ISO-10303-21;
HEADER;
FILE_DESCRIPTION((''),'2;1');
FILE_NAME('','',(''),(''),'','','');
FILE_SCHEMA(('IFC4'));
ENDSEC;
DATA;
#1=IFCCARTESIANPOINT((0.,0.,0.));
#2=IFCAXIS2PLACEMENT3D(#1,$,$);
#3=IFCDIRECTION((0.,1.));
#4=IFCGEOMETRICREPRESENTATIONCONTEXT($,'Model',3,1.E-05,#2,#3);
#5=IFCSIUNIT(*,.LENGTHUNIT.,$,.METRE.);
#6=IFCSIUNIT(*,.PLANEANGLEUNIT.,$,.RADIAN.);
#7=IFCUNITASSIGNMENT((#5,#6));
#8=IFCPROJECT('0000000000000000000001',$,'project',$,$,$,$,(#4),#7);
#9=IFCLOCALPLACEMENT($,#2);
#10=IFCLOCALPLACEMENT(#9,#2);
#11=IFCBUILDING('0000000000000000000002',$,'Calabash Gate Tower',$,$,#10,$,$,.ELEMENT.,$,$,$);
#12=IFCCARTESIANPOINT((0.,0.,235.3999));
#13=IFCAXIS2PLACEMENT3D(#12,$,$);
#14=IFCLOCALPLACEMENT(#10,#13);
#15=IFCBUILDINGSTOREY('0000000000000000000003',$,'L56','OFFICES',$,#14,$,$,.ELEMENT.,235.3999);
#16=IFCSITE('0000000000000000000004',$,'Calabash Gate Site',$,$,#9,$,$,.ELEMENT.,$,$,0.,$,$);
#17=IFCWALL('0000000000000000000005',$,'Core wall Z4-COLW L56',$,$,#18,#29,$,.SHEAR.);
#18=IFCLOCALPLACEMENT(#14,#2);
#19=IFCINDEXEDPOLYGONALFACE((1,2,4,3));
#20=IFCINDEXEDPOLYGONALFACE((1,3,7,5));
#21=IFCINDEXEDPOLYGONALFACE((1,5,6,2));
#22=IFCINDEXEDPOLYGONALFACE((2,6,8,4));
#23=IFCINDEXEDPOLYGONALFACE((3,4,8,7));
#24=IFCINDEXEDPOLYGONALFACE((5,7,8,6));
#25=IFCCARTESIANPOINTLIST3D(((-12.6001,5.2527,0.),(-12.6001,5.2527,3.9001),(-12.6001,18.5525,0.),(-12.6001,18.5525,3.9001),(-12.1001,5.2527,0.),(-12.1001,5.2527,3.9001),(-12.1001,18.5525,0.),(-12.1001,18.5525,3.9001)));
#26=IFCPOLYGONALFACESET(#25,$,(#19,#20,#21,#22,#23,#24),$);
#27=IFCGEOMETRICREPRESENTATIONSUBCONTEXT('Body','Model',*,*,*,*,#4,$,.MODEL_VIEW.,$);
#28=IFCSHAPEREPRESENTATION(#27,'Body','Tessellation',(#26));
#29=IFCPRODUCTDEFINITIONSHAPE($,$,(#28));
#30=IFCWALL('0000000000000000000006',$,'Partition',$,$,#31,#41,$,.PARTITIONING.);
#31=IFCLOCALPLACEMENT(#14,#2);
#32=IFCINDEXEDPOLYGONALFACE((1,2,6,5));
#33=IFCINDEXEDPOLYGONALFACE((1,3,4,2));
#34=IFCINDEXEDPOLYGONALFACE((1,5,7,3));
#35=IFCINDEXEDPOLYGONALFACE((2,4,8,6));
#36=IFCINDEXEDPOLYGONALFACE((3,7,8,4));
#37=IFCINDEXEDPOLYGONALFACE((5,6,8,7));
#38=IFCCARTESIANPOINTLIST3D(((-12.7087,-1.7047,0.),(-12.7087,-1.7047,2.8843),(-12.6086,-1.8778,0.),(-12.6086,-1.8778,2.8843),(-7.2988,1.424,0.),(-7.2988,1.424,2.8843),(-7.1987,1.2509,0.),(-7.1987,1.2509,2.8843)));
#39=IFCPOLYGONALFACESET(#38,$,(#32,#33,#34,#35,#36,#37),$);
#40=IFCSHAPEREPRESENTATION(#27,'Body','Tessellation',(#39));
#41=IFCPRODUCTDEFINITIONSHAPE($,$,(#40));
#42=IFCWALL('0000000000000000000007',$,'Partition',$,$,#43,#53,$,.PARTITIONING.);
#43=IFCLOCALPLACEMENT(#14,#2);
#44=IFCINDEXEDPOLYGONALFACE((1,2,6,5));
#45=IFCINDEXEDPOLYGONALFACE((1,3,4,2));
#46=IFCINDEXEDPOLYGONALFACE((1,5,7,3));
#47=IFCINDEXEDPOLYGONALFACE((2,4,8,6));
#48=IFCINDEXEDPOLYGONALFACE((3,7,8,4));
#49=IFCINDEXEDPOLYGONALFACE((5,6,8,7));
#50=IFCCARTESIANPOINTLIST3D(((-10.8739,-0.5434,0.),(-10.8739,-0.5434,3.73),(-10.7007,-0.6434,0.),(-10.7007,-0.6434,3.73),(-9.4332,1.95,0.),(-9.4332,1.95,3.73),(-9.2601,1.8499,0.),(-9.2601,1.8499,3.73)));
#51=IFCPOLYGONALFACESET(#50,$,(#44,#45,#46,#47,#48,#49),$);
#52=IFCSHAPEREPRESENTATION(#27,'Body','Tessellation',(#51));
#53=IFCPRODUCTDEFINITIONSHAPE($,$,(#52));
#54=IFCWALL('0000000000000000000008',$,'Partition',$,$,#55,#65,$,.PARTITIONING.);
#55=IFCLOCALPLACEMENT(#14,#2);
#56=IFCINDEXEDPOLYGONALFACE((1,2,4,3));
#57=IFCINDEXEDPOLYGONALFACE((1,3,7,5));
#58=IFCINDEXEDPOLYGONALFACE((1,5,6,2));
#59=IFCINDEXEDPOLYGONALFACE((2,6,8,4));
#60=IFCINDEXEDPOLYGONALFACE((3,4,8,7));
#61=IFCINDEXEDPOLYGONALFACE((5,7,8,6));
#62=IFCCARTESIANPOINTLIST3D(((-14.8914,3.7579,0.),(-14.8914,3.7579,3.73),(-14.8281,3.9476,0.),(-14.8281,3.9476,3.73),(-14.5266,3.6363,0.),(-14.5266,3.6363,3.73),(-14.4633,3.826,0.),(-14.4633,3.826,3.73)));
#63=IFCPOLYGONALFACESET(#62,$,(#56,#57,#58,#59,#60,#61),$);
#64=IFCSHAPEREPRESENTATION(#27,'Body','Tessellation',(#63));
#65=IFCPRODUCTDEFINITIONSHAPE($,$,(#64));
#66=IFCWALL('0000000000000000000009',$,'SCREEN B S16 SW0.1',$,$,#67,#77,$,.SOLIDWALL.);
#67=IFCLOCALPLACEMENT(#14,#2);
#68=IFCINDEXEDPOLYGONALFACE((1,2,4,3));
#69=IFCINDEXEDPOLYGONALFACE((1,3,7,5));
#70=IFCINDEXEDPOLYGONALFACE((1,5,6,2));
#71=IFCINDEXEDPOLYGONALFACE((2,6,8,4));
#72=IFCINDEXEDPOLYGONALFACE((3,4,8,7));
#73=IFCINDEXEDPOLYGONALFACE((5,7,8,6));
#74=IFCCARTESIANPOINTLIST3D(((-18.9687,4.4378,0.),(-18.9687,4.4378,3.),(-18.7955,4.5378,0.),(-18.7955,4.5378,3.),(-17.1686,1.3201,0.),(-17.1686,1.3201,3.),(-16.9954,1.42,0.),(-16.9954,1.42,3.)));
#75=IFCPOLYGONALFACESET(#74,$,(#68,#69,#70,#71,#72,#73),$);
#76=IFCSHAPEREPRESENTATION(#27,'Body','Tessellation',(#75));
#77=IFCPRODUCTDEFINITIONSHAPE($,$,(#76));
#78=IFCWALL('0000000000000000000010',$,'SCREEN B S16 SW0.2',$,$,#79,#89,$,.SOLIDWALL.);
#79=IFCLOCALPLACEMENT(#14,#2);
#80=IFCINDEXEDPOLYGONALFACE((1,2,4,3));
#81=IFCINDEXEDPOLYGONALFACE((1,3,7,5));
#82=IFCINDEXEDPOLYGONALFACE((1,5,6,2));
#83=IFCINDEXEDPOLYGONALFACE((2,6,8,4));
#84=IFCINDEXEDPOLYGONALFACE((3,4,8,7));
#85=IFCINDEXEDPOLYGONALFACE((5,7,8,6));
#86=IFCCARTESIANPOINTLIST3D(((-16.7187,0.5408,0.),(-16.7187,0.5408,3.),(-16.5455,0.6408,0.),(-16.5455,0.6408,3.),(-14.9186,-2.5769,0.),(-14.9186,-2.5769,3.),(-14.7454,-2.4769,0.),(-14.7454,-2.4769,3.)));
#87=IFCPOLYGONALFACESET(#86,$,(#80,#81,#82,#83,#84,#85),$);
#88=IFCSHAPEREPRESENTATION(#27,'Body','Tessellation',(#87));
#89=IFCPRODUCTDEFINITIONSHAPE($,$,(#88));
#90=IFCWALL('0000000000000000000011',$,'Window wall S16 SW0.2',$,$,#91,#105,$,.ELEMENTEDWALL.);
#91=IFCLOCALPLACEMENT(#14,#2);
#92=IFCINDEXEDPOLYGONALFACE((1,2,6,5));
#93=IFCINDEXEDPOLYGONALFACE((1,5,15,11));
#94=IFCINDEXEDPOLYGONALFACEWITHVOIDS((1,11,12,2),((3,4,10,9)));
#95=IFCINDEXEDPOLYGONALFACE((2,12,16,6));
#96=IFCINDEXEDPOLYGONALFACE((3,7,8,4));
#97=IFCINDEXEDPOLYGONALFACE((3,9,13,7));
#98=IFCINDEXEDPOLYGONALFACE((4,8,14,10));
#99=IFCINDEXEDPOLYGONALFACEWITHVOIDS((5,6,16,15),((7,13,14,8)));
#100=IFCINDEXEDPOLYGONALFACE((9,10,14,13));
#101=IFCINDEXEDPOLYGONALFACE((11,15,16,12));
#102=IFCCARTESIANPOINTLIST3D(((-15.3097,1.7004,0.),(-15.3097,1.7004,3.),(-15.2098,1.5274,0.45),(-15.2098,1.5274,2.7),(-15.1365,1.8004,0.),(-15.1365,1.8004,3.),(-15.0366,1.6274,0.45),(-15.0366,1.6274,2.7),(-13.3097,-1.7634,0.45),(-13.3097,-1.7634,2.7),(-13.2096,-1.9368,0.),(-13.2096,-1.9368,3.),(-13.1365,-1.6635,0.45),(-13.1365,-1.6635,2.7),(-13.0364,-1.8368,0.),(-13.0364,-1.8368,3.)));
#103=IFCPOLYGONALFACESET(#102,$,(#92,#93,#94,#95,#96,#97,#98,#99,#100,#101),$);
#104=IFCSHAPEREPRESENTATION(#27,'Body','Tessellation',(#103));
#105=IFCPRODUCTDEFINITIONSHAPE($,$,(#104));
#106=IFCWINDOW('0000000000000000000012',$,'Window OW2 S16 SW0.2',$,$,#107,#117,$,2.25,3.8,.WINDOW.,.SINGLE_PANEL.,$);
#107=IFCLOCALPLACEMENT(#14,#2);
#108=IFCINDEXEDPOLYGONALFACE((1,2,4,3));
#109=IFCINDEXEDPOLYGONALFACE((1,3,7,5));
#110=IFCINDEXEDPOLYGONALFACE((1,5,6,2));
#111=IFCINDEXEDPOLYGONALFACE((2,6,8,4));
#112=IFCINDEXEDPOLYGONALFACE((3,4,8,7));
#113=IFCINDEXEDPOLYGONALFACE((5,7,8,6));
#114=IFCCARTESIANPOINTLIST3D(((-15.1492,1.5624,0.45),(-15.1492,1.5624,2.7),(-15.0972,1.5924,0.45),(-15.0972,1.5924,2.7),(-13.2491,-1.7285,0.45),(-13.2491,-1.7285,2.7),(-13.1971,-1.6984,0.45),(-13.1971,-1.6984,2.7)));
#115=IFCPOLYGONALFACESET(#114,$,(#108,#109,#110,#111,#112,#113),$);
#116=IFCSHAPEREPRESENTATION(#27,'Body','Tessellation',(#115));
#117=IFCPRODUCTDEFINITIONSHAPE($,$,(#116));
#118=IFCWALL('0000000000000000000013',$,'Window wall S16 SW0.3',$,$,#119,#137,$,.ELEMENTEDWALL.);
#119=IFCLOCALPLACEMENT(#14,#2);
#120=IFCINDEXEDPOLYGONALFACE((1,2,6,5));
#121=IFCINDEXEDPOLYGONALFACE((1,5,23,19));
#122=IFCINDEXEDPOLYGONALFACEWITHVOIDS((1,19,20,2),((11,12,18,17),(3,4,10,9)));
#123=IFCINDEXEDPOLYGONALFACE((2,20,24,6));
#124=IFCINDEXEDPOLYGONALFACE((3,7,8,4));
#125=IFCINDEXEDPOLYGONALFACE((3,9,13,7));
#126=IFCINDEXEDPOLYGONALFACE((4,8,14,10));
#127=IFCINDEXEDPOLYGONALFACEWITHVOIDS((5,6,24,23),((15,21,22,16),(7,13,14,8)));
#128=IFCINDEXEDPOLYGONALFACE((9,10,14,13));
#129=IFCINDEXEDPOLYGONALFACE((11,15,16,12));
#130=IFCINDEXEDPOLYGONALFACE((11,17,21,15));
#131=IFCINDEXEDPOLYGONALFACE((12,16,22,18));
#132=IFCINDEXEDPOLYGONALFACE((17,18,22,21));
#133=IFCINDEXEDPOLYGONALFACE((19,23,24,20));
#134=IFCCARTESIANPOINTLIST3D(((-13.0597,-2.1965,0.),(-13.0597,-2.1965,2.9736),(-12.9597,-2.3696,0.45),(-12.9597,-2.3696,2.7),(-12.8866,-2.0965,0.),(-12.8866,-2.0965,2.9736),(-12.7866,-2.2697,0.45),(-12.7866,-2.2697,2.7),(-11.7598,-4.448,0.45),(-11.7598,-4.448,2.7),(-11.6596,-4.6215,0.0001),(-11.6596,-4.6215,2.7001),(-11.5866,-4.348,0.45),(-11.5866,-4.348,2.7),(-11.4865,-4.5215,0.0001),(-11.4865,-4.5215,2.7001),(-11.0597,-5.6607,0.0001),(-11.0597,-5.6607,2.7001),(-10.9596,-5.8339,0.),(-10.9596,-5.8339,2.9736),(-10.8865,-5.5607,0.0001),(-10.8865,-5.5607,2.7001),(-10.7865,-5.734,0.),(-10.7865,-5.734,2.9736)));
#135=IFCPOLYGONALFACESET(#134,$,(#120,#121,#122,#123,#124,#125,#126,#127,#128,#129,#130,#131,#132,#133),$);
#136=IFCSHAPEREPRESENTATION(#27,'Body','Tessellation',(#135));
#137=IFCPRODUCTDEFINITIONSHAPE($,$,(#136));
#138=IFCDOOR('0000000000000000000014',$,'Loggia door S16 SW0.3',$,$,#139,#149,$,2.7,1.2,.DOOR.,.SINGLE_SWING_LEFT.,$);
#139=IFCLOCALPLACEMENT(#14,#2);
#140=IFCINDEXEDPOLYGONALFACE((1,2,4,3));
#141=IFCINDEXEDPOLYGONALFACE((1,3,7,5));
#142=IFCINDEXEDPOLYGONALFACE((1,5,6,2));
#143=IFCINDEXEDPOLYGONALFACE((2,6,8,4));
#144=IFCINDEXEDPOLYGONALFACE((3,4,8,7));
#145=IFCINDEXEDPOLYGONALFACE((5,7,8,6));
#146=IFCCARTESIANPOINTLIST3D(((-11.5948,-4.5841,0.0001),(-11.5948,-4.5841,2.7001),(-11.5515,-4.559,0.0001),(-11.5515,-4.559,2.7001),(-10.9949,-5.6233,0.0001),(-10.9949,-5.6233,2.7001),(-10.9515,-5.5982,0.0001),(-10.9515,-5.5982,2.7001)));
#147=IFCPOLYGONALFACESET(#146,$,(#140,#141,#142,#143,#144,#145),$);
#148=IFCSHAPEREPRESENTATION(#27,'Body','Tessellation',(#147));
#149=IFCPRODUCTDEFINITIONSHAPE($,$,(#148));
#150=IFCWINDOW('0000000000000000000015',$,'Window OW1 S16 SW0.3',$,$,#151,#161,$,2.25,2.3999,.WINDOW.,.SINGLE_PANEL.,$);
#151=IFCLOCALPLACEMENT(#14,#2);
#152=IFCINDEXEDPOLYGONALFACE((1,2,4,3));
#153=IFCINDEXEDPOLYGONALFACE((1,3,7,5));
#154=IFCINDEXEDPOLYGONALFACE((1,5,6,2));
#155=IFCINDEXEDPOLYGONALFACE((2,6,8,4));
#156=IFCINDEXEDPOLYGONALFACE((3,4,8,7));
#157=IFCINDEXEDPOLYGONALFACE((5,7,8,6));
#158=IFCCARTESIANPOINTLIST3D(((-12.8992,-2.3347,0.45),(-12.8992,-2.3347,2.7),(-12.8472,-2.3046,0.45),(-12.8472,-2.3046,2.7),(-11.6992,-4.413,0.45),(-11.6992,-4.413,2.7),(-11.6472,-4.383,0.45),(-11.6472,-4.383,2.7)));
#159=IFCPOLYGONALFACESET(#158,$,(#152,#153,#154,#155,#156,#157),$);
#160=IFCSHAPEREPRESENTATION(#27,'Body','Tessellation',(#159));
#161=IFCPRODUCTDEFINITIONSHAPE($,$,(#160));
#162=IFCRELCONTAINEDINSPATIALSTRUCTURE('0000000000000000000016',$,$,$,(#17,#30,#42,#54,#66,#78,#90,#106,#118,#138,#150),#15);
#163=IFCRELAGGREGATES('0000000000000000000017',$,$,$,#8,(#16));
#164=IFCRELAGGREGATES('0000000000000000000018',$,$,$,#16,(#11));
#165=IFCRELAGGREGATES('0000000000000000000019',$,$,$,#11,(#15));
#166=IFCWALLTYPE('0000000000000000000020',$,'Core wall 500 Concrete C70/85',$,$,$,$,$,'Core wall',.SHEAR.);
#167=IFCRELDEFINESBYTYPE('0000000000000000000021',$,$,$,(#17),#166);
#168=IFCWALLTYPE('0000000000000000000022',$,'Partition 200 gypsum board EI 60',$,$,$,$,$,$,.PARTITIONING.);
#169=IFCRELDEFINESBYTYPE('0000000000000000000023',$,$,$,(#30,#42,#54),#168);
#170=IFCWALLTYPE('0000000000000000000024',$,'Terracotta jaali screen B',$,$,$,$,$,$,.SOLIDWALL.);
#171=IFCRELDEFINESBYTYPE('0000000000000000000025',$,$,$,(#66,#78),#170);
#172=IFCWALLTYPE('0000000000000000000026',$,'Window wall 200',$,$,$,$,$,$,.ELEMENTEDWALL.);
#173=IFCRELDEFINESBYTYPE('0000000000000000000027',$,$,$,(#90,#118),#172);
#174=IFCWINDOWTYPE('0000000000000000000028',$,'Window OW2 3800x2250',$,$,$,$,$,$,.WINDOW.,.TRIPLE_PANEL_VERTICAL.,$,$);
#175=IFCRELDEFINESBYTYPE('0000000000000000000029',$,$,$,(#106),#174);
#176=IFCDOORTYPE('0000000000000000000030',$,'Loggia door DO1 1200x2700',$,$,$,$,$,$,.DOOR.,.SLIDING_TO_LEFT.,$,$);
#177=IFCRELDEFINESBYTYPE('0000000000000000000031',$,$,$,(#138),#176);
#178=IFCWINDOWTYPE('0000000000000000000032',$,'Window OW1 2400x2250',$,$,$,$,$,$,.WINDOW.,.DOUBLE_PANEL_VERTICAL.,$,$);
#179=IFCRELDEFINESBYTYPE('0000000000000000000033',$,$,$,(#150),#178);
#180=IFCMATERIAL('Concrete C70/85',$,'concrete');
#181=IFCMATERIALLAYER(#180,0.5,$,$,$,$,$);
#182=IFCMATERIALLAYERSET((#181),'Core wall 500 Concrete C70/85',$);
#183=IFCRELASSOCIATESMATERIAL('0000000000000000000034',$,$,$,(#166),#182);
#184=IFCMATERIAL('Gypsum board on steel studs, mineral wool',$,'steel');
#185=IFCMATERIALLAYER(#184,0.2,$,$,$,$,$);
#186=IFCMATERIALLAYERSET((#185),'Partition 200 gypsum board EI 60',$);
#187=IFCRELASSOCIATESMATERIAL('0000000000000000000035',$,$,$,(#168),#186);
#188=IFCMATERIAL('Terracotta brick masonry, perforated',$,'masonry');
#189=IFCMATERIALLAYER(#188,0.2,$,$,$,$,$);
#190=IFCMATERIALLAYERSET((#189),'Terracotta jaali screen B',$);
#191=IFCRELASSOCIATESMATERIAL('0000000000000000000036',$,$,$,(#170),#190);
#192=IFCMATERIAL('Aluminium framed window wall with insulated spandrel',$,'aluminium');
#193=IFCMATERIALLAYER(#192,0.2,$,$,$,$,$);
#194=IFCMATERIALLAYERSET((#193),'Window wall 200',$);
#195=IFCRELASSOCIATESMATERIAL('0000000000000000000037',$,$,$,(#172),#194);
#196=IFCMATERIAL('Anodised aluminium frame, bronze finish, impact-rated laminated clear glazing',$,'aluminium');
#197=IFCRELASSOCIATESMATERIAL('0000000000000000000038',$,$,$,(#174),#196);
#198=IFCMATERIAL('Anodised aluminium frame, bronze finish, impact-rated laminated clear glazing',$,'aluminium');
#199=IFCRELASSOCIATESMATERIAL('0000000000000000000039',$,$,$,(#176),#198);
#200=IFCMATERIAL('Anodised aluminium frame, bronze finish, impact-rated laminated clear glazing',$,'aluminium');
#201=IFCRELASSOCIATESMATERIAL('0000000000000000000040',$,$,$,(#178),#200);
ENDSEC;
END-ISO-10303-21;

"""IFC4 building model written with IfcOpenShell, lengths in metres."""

from ifc_helpers import new_model, si_unit, direction, frame, frame_2d, origin, place, context, subcontext, project, spatial, rectangle, extrude, material, layer, layer_set, type_object, element, fill, save


model = new_model("IFC4")

# Units and contexts
model_context = context("Model", 3, precision=1e-05, world=origin(), true_north=direction((0.0, 1.0)))
body_context = subcontext(model_context, "Body", "Model", "MODEL_VIEW")
ifc_project = project(units=[si_unit("LENGTHUNIT", "METRE"), si_unit("PLANEANGLEUNIT", "RADIAN")], contexts=[model_context])

# Site, building, storey
site_placement = place(None, origin())
site = spatial("IfcSite", under=ifc_project, at=site_placement, Name="Calabash Gate Site", CompositionType="ELEMENT", RefElevation=0.0)
building_placement = place(site_placement, origin())
building = spatial("IfcBuilding", under=site, at=building_placement, Name="Calabash Gate Tower", CompositionType="ELEMENT")
storey_placement = place(building_placement, frame((0.0, 0.0, 235.3999)))
storey = spatial("IfcBuildingStorey", under=building, at=storey_placement, Name="L56", Description="OFFICES", CompositionType="ELEMENT", Elevation=235.3999)

# Walls
ifc_material_1 = material(Name="Concrete C70/85", Category="concrete")
ifc_layer_1 = layer(ifc_material_1, 0.5)
ifc_layer_set_1 = layer_set([ifc_layer_1], Name="Core wall 500 Concrete C70/85")
wall_type_1 = type_object("IfcWallType", Name="Core wall 500 Concrete C70/85", ElementType="Core wall", PredefinedType="SHEAR", material=ifc_layer_set_1)
wall_1_placement = place(storey_placement, frame((-12.3501, 5.2527, 0.0), z_axis=(0.0, 0.0, 1.0), x_axis=(0.0, 1.0, 0.0)))
element("IfcWall", 1, at=wall_1_placement, inside=storey, type_object=wall_type_1, Name="Core wall Z4-COLW L56", PredefinedType="SHEAR", context=body_context, shape_type="SweptSolid", body=[
    extrude(rectangle(XDim=13.2998, YDim=0.5, at=frame_2d((6.6499, 0.0))), origin(), (0.0, 0.0, 1.0), 3.9001),
])
ifc_material_2 = material(Name="Gypsum board on steel studs, mineral wool", Category="steel")
ifc_layer_2 = layer(ifc_material_2, 0.2)
ifc_layer_set_2 = layer_set([ifc_layer_2], Name="Partition 200 gypsum board EI 60")
wall_type_2 = type_object("IfcWallType", Name="Partition 200 gypsum board EI 60", PredefinedType="PARTITIONING", material=ifc_layer_set_2)
wall_2_placement = place(storey_placement, frame((-12.6587, -1.7913, 0.0), z_axis=(0.0, 0.0, 1.0), x_axis=(0.865662, 0.50063, 0.0)))
element("IfcWall", 2, at=wall_2_placement, inside=storey, type_object=wall_type_2, Name="Partition", PredefinedType="PARTITIONING", context=body_context, shape_type="SweptSolid", body=[
    extrude(rectangle(XDim=6.2495, YDim=0.2, at=frame_2d((3.1248, 0.0))), origin(), (0.0, 0.0, 1.0), 2.8843),
])
wall_3_placement = place(storey_placement, frame((-10.7874, -0.5935, 0.0), z_axis=(0.0, 0.0, 1.0), x_axis=(0.500287, 0.865859, 0.0)))
element("IfcWall", 3, at=wall_3_placement, inside=storey, type_object=wall_type_2, Name="Partition", PredefinedType="PARTITIONING", context=body_context, shape_type="SweptSolid", body=[
    extrude(rectangle(XDim=2.8796, YDim=0.2, at=frame_2d((1.4399, 0.0))), origin(), (0.0, 0.0, 1.0), 3.73),
])

# Walls
wall_4_placement = place(storey_placement, frame((-14.8599, 3.8528, 0.0), z_axis=(0.0, 0.0, 1.0), x_axis=(0.948683, -0.316228, 0.0)))
element("IfcWall", 4, at=wall_4_placement, inside=storey, type_object=wall_type_2, Name="Partition", PredefinedType="PARTITIONING", context=body_context, shape_type="SweptSolid", body=[
    extrude(rectangle(XDim=0.3845, YDim=0.2, at=frame_2d((0.1924, 0.0))), origin(), (0.0, 0.0, 1.0), 3.73),
])
ifc_material_3 = material(Name="Terracotta brick masonry, perforated", Category="masonry")
ifc_layer_3 = layer(ifc_material_3, 0.2)
ifc_layer_set_3 = layer_set([ifc_layer_3], Name="Terracotta jaali screen B")
wall_type_3 = type_object("IfcWallType", Name="Terracotta jaali screen B", PredefinedType="SOLIDWALL", material=ifc_layer_set_3)
for number, where, z_axis, x_axis, name in (
    (5, (-18.8821, 4.4878, 0.0), (0.0, 0.0, 1.0), (0.500012, -0.866018, 0.0), "SCREEN B S16 SW0.1"),
    (6, (-16.6321, 0.5908, 0.0), (0.0, 0.0, 1.0), (0.500012, -0.866018, 0.0), "SCREEN B S16 SW0.2"),
):
    element("IfcWall", number, at=place(storey_placement, frame(where, z_axis=z_axis, x_axis=x_axis)), inside=storey, type_object=wall_type_3, Name=name, PredefinedType="SOLIDWALL", context=body_context, shape_type="SweptSolid", body=[
        extrude(rectangle(XDim=3.6001, YDim=0.2, at=frame_2d((1.8, 0.0))), origin(), (0.0, 0.0, 1.0), 3.0),
    ])

# Wall, opening, window
ifc_material_4 = material(Name="Aluminium framed window wall with insulated spandrel", Category="aluminium")
ifc_layer_4 = layer(ifc_material_4, 0.2)
ifc_layer_set_4 = layer_set([ifc_layer_4], Name="Window wall 200")
wall_type_4 = type_object("IfcWallType", Name="Window wall 200", PredefinedType="ELEMENTEDWALL", material=ifc_layer_set_4)
wall_5_placement = place(storey_placement, frame((-15.2231, 1.7505, 0.0), z_axis=(0.0, 0.0, 1.0), x_axis=(0.500028, -0.866009, 0.0)))
wall_5 = element("IfcWall", 7, at=wall_5_placement, inside=storey, type_object=wall_type_4, Name="Window wall S16 SW0.2", PredefinedType="ELEMENTEDWALL", context=body_context, shape_type="SweptSolid", body=[
    extrude(rectangle(XDim=4.2, YDim=0.2, at=frame_2d((2.1001, 0.0))), origin(), (0.0, 0.0, 1.0), 3.0),
])
opening_1_placement = place(wall_5_placement, frame((0.2, 0.0, 0.45)))
opening_1 = element("IfcOpeningElement", 8, at=opening_1_placement, cuts=wall_5, PredefinedType="OPENING", context=body_context, shape_type="SweptSolid", body=[
    extrude(rectangle(XDim=3.8, YDim=2.25, at=frame_2d((1.8999, 1.125))), frame((0.0, 0.1099, 0.0), z_axis=(0.0, -1.0, 0.0), x_axis=(1.0, 0.0, 0.0)), (0.0, 0.0, 1.0), 0.22),
])
ifc_material_5 = material(Name="Anodised aluminium frame, bronze finish, impact-rated laminated clear glazing", Category="aluminium")
window_type_1 = type_object("IfcWindowType", Name="Window OW2 3800x2250", PartitioningType="TRIPLE_PANEL_VERTICAL", PredefinedType="WINDOW", material=ifc_material_5)
window_1_placement = place(opening_1_placement, origin())
window_1 = element("IfcWindow", 9, at=window_1_placement, inside=storey, type_object=window_type_1, Name="Window OW2 S16 SW0.2", OverallHeight=2.25, OverallWidth=3.8, PartitioningType="SINGLE_PANEL", PredefinedType="WINDOW", context=body_context, shape_type="SweptSolid", body=[
    extrude(rectangle(XDim=3.8, YDim=2.25, at=frame_2d((1.8999, 1.125))), frame((0.0, 0.03, 0.0), z_axis=(0.0, -1.0, 0.0), x_axis=(1.0, 0.0, 0.0)), (0.0, 0.0, 1.0), 0.0601),
])
fill(opening_1, window_1)

# Wall, openings, door, window
wall_6_placement = place(storey_placement, frame((-12.9731, -2.1465, 0.0), z_axis=(0.0, 0.0, 1.0), x_axis=(0.500003, -0.866024, 0.0)))
wall_6 = element("IfcWall", 10, at=wall_6_placement, inside=storey, type_object=wall_type_4, Name="Window wall S16 SW0.3", PredefinedType="ELEMENTEDWALL", context=body_context, shape_type="SweptSolid", body=[
    extrude(rectangle(XDim=4.2002, YDim=0.2, at=frame_2d((2.1001, 0.0))), origin(), (0.0, 0.0, 1.0), 2.9736),
])
opening_2_placement = place(wall_6_placement, frame((0.2, 0.0, 0.45)))
opening_2 = element("IfcOpeningElement", 11, at=opening_2_placement, cuts=wall_6, PredefinedType="OPENING", context=body_context, shape_type="SweptSolid", body=[
    extrude(rectangle(XDim=2.3999, YDim=2.25, at=frame_2d((1.2, 1.125))), frame((0.0, 0.1099, 0.0), z_axis=(0.0, -1.0, 0.0), x_axis=(1.0, 0.0, 0.0)), (0.0, 0.0, 1.0), 0.22),
])
opening_3_placement = place(wall_6_placement, frame((2.8, 0.0, 0.0)))
opening_3 = element("IfcOpeningElement", 12, at=opening_3_placement, cuts=wall_6, PredefinedType="OPENING", context=body_context, shape_type="SweptSolid", body=[
    extrude(rectangle(XDim=1.2, YDim=2.7, at=frame_2d((0.6001, 1.3501))), frame((0.0, 0.1099, 0.0), z_axis=(0.0, -1.0, 0.0), x_axis=(1.0, 0.0, 0.0)), (0.0, 0.0, 1.0), 0.22),
])
ifc_material_6 = material(Name="Anodised aluminium frame, bronze finish, impact-rated laminated clear glazing", Category="aluminium")
door_type_1 = type_object("IfcDoorType", Name="Loggia door DO1 1200x2700", OperationType="SLIDING_TO_LEFT", PredefinedType="DOOR", material=ifc_material_6)
door_1_placement = place(opening_3_placement, origin())
door_1 = element("IfcDoor", 13, at=door_1_placement, inside=storey, type_object=door_type_1, Name="Loggia door S16 SW0.3", OperationType="SINGLE_SWING_LEFT", OverallHeight=2.7, OverallWidth=1.2, PredefinedType="DOOR", context=body_context, shape_type="SweptSolid", body=[
    extrude(rectangle(XDim=1.2, YDim=2.7, at=frame_2d((0.6001, 1.3501))), frame((0.0, 0.0249, 0.0), z_axis=(0.0, -1.0, 0.0), x_axis=(1.0, 0.0, 0.0)), (0.0, 0.0, 1.0), 0.05),
])
fill(opening_3, door_1)
ifc_material_7 = material(Name="Anodised aluminium frame, bronze finish, impact-rated laminated clear glazing", Category="aluminium")
window_type_2 = type_object("IfcWindowType", Name="Window OW1 2400x2250", PartitioningType="DOUBLE_PANEL_VERTICAL", PredefinedType="WINDOW", material=ifc_material_7)
window_2_placement = place(opening_2_placement, origin())
window_2 = element("IfcWindow", 14, at=window_2_placement, inside=storey, type_object=window_type_2, Name="Window OW1 S16 SW0.3", OverallHeight=2.25, OverallWidth=2.3999, PartitioningType="SINGLE_PANEL", PredefinedType="WINDOW", context=body_context, shape_type="SweptSolid", body=[
    extrude(rectangle(XDim=2.3999, YDim=2.25, at=frame_2d((1.2, 1.125))), frame((0.0, 0.03, 0.0), z_axis=(0.0, -1.0, 0.0), x_axis=(1.0, 0.0, 0.0)), (0.0, 0.0, 1.0), 0.0601),
])
fill(opening_2, window_2)

save(model, "model.ifc")
